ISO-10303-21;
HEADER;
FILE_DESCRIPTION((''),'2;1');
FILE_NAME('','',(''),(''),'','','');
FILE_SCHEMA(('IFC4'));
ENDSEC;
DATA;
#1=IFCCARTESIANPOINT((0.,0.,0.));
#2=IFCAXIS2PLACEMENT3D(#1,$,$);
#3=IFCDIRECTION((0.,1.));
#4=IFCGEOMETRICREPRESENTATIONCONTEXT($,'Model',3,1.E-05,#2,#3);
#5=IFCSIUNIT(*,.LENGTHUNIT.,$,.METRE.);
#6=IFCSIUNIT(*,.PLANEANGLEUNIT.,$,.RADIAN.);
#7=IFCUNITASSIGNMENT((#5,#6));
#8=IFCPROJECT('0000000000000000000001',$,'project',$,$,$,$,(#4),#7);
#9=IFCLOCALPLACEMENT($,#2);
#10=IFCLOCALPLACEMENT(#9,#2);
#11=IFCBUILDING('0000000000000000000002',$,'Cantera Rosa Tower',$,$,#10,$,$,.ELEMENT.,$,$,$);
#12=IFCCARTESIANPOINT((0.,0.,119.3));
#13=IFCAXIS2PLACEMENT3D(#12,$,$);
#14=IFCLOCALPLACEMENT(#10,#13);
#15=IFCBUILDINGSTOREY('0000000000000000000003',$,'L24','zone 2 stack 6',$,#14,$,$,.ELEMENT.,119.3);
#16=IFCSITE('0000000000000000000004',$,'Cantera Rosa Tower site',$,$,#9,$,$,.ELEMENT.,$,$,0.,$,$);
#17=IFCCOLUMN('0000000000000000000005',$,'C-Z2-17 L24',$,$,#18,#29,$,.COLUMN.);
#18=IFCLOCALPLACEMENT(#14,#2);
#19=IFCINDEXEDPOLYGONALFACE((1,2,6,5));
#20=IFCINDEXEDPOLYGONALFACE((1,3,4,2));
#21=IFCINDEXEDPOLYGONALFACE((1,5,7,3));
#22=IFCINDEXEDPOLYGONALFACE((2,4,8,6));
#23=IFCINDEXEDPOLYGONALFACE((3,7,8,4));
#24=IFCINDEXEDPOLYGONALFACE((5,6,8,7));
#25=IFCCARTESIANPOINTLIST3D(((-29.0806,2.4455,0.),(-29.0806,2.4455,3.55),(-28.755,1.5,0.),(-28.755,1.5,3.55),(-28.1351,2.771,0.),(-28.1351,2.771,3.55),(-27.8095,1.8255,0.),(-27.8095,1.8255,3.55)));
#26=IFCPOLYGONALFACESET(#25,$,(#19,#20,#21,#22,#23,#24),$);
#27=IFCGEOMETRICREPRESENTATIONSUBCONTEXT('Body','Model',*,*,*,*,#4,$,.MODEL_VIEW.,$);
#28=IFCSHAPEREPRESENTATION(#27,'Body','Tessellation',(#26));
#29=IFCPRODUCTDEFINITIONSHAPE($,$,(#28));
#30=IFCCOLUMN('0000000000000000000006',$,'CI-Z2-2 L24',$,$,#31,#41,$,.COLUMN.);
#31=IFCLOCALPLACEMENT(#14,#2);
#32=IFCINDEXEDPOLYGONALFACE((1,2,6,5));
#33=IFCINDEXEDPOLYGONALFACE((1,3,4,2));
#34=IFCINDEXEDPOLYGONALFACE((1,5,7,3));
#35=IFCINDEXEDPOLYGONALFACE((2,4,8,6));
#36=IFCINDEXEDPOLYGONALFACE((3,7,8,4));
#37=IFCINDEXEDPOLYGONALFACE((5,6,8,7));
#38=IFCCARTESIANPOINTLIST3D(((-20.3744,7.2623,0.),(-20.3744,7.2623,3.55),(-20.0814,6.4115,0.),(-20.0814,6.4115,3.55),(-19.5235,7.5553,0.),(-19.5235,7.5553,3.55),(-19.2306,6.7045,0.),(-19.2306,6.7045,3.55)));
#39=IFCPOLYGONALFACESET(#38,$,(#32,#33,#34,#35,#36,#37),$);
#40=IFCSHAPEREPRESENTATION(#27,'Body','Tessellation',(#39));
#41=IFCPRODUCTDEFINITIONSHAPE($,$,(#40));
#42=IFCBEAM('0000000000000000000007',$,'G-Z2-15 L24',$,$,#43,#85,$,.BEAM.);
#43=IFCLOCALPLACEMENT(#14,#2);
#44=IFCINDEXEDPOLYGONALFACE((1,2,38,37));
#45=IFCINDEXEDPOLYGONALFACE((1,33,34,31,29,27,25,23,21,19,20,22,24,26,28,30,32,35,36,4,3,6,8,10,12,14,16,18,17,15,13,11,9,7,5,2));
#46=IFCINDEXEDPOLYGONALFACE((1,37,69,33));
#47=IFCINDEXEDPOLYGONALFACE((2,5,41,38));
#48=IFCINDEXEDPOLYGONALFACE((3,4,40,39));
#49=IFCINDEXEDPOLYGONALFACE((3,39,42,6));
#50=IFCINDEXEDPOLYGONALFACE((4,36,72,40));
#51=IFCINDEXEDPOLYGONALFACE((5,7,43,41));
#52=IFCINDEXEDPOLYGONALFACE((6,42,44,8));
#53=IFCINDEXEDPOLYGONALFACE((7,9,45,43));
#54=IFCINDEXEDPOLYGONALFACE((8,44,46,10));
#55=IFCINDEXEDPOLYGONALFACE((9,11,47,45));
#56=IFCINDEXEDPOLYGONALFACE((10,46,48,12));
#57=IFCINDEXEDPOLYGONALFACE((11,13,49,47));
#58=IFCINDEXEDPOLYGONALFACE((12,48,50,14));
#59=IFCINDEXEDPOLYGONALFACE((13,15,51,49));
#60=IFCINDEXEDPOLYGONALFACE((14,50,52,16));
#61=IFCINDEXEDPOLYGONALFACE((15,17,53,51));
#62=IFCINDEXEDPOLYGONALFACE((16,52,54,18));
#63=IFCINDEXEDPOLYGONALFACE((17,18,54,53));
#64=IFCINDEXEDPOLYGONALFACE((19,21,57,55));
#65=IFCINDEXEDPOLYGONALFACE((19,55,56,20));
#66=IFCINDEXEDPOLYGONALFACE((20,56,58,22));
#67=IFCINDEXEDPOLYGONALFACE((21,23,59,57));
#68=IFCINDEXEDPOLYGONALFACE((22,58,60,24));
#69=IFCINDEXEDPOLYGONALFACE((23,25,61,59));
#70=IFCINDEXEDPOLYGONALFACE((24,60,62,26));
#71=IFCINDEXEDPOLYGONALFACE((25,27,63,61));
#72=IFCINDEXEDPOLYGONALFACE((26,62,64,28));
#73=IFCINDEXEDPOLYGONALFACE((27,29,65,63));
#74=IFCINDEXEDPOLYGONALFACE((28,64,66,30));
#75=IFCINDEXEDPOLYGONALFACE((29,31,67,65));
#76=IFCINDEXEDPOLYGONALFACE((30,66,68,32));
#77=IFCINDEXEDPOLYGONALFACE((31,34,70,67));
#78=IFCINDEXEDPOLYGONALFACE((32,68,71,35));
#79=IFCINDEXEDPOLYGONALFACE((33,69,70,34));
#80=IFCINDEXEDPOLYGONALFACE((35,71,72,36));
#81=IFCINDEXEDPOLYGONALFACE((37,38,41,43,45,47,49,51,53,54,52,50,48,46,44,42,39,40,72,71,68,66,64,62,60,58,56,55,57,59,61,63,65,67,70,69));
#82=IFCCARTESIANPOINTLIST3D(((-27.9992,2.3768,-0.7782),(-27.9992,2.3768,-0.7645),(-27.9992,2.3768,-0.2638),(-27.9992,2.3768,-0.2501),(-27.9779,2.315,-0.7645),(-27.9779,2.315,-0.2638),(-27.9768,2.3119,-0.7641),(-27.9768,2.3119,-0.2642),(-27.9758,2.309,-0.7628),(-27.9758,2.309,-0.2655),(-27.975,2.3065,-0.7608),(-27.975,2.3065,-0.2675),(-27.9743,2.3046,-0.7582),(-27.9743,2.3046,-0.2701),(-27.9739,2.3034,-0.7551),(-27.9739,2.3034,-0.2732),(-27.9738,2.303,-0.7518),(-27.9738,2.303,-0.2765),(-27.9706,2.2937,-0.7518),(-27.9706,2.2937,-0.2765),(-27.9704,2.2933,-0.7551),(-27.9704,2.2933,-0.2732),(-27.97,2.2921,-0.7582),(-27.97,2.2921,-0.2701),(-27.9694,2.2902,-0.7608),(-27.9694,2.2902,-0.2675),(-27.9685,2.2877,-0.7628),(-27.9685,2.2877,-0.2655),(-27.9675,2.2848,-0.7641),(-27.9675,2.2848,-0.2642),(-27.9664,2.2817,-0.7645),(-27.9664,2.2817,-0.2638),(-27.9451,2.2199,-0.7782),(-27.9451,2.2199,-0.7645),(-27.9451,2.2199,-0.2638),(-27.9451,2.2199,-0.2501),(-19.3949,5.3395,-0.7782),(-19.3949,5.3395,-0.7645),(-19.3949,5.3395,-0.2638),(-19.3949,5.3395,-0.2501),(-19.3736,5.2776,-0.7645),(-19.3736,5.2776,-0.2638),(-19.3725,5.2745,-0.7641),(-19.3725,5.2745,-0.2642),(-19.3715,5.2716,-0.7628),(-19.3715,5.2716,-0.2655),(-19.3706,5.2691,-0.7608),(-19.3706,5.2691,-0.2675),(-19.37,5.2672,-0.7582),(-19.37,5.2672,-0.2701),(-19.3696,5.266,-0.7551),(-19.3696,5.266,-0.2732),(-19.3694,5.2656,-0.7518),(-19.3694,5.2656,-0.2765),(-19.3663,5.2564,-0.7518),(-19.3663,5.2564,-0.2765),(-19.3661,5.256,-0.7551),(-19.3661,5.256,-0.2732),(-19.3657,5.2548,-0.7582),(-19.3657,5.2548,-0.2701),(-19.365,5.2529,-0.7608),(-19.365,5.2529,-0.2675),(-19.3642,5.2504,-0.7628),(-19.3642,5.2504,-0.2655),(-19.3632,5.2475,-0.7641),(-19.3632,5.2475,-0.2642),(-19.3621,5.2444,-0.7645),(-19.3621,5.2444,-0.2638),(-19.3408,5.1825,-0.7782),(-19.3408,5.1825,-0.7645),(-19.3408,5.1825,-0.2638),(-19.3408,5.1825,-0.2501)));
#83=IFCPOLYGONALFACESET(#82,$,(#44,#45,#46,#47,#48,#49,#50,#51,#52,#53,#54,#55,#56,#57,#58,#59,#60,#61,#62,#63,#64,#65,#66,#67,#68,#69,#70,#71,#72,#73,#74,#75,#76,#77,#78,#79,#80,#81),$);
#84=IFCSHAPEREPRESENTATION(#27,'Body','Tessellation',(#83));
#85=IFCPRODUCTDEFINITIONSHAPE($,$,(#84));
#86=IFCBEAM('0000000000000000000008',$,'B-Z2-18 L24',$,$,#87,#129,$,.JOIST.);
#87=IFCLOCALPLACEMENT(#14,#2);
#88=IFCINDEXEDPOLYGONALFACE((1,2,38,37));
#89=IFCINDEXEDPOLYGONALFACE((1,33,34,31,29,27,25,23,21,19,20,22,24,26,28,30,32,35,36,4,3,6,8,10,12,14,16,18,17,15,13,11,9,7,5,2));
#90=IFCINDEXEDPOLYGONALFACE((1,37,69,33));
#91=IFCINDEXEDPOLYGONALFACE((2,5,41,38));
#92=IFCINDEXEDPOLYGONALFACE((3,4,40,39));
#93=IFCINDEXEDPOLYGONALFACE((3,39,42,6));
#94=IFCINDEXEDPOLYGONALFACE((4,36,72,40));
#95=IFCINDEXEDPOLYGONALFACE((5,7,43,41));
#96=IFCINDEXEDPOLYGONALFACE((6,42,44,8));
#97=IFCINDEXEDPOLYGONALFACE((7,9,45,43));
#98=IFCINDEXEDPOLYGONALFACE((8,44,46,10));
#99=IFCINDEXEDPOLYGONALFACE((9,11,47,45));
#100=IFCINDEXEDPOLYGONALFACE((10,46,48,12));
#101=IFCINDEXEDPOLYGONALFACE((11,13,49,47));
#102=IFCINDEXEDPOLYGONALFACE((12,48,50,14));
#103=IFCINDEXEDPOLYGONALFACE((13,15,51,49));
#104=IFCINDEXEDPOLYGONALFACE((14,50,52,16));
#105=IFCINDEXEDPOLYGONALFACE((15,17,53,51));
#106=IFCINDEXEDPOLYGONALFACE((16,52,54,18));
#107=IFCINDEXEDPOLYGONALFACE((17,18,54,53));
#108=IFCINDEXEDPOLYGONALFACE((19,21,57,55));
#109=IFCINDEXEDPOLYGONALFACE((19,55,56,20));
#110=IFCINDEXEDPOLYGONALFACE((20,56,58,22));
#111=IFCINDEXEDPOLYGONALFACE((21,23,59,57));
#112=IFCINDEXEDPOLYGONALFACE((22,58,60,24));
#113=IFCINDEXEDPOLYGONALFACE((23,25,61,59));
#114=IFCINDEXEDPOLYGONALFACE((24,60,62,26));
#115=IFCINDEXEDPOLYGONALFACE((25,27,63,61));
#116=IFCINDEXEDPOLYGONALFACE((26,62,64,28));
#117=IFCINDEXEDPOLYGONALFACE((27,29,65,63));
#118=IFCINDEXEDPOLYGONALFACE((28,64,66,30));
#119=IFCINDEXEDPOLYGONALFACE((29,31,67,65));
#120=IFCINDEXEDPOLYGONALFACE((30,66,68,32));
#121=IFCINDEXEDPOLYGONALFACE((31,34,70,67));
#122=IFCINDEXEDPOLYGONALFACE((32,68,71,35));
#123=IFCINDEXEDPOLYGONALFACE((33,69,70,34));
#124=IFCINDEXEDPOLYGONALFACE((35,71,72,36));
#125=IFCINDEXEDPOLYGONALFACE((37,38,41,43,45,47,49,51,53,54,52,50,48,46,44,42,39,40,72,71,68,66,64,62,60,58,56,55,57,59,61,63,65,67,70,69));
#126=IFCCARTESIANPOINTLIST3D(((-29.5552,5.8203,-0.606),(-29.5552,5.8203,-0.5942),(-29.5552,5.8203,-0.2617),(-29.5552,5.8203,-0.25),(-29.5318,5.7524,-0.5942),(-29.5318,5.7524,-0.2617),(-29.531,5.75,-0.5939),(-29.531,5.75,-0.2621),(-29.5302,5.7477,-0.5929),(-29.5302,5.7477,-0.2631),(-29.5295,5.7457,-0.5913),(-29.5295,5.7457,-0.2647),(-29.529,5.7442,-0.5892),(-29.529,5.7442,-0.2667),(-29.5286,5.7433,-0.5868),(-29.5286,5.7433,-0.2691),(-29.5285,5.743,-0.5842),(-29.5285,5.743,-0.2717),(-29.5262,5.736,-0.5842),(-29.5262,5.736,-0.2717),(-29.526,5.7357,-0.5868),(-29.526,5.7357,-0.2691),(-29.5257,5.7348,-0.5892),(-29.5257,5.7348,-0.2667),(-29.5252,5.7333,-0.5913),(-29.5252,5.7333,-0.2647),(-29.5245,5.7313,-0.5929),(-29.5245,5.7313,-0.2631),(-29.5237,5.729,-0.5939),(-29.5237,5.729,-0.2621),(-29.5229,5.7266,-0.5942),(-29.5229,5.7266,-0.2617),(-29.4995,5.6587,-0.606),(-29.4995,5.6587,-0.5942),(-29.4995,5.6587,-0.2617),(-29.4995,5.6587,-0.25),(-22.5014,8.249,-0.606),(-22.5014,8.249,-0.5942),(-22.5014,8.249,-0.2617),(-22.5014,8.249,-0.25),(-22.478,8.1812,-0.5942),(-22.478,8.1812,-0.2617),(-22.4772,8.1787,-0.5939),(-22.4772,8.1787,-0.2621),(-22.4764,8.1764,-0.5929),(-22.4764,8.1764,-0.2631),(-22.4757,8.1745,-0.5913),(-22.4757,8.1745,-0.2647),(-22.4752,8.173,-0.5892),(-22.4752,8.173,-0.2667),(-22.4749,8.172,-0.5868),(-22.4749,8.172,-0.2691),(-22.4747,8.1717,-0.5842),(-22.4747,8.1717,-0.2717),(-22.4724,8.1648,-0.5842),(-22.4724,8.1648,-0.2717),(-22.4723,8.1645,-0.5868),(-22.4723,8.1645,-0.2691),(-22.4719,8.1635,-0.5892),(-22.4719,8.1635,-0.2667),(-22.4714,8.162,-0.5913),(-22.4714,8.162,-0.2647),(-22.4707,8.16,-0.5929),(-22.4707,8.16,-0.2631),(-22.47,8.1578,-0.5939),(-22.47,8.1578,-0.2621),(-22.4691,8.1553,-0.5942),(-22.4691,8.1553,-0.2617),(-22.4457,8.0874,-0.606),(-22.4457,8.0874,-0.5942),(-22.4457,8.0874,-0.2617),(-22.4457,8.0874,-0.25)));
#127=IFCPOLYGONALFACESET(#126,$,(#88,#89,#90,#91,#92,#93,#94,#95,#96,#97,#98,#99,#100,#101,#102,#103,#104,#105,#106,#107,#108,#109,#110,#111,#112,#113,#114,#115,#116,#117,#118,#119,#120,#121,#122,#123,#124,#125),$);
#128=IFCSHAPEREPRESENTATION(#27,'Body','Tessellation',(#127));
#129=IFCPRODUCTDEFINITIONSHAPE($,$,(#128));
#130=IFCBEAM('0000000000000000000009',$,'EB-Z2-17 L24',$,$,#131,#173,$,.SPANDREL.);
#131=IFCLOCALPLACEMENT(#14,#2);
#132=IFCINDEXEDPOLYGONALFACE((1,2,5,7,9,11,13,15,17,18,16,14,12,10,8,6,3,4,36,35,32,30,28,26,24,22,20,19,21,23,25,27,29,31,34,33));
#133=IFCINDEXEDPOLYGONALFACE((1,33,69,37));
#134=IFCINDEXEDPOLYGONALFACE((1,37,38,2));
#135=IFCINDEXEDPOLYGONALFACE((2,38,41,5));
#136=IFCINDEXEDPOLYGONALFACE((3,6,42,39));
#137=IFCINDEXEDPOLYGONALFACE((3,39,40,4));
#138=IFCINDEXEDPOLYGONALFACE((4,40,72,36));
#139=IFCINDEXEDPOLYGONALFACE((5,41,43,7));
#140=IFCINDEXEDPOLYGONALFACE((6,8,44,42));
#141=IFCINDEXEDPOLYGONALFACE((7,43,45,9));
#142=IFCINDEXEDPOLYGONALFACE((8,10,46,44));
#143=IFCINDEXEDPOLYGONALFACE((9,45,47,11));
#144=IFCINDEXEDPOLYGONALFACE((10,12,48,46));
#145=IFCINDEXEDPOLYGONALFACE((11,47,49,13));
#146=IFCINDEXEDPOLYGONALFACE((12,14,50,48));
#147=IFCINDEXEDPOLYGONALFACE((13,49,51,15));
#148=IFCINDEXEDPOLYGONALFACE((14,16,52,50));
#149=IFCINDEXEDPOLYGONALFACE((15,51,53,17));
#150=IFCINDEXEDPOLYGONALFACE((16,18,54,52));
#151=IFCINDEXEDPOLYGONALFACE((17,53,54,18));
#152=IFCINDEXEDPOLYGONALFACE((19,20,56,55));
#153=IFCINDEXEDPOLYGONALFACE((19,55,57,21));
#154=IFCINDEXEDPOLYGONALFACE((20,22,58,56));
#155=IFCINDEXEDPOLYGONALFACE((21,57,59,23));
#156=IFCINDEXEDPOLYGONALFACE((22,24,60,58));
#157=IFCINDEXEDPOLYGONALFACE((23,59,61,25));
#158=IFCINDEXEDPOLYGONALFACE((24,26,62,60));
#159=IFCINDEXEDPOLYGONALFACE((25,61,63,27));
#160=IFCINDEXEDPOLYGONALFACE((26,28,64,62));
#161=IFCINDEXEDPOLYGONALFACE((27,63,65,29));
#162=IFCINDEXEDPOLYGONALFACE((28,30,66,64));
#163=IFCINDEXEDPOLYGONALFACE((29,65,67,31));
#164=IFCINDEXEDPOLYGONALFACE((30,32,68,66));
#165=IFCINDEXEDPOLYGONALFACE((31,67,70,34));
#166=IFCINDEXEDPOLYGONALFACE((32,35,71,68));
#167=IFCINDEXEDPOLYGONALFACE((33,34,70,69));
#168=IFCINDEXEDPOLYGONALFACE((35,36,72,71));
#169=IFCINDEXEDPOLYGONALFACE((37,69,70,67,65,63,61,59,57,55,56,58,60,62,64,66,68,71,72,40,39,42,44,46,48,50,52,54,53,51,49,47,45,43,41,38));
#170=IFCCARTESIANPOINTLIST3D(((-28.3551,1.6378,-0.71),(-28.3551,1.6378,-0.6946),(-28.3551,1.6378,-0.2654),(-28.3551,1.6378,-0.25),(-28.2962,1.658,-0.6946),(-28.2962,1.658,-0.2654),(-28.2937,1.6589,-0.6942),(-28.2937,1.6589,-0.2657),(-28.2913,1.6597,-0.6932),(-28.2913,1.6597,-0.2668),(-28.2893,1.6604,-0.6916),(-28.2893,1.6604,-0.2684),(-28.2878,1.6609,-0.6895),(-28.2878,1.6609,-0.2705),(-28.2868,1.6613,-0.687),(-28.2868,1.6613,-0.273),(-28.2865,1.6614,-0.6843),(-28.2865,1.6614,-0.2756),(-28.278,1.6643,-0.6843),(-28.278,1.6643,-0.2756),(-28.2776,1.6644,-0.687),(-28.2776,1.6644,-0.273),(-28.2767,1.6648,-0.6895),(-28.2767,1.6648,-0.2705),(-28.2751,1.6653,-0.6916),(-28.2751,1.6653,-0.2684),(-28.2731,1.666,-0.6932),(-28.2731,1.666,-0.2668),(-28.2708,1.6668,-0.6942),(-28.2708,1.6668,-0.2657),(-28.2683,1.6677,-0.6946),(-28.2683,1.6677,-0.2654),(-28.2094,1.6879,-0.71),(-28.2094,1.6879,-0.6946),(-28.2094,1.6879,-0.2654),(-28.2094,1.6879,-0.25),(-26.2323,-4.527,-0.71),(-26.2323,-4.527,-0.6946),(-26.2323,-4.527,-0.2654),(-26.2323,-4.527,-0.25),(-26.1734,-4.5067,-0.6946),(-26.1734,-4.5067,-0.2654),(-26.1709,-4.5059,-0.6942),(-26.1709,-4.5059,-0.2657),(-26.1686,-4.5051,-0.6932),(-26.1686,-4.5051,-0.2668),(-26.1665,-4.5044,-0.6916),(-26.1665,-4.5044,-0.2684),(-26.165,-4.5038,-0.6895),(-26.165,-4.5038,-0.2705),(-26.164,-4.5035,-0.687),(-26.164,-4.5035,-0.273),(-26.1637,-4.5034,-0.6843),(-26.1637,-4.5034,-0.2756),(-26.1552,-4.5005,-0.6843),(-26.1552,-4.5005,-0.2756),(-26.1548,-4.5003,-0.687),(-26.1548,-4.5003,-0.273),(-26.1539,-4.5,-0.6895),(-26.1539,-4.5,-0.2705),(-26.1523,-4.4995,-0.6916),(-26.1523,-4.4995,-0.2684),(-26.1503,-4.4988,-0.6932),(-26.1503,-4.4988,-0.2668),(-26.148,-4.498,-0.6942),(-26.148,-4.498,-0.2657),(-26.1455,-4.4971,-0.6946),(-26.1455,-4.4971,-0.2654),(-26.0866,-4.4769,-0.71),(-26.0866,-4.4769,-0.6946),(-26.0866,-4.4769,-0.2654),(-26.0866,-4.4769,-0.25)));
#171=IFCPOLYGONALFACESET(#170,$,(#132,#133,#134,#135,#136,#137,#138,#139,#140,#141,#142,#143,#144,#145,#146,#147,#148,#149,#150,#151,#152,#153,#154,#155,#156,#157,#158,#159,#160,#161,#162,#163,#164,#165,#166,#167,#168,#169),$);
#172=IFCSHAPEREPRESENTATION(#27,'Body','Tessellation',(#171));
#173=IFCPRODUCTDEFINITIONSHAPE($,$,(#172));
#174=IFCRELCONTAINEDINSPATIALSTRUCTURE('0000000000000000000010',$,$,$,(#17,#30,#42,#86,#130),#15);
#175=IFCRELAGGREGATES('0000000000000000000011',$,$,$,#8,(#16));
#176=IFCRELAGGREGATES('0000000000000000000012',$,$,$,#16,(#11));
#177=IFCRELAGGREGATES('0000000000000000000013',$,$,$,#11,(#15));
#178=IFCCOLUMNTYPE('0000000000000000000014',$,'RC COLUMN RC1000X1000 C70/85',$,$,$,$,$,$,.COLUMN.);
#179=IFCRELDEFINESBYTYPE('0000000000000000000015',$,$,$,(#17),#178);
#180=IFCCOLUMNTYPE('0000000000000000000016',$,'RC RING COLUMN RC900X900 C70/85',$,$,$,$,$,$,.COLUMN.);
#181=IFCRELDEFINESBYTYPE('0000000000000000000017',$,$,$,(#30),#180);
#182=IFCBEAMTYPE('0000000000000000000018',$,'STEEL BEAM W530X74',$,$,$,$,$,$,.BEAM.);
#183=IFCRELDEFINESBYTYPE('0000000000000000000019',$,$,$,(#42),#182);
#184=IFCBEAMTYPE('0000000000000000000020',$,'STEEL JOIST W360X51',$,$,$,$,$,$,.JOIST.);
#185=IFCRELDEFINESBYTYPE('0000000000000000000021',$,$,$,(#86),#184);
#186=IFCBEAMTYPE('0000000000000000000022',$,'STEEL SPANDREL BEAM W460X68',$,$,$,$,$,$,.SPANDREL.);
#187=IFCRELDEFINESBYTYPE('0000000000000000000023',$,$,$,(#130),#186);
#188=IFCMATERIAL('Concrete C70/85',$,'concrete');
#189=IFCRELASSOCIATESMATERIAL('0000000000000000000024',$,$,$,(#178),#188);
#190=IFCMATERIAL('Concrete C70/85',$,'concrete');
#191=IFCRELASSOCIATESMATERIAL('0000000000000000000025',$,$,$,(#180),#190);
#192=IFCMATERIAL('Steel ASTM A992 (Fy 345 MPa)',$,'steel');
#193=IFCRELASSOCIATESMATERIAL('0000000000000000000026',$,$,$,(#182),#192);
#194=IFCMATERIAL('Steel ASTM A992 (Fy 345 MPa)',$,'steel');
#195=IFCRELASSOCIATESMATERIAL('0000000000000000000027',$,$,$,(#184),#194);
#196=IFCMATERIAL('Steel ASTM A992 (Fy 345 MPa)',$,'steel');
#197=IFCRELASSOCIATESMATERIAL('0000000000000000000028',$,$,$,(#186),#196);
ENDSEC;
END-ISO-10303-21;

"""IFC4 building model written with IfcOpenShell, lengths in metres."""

from ifc_helpers import new_model, si_unit, direction, frame, origin, origin_2d, place, context, subcontext, project, spatial, rectangle, i_section, extrude, material, material_profile, profile_set, type_object, element, save


model = new_model("IFC4")

# Units and contexts
model_context = context("Model", 3, precision=1e-05, world=origin(), true_north=direction((0.0, 1.0)))
body_context = subcontext(model_context, "Body", "Model", "MODEL_VIEW")
ifc_project = project(units=[si_unit("LENGTHUNIT", "METRE"), si_unit("PLANEANGLEUNIT", "RADIAN")], contexts=[model_context])

# Site, building, storey
site_placement = place(None, origin())
site = spatial("IfcSite", under=ifc_project, at=site_placement, Name="Cantera Rosa Tower site", CompositionType="ELEMENT", RefElevation=0.0)
building_placement = place(site_placement, origin())
building = spatial("IfcBuilding", under=site, at=building_placement, Name="Cantera Rosa Tower", CompositionType="ELEMENT")
storey_placement = place(building_placement, frame((0.0, 0.0, 119.3)))
storey = spatial("IfcBuildingStorey", under=building, at=storey_placement, Name="L24", Description="zone 2 stack 6", CompositionType="ELEMENT", Elevation=119.3)

# Columns
ifc_material_1 = material(Name="Concrete C70/85", Category="concrete")
ifc_material_profile_1 = material_profile(ifc_material_1, rectangle(XDim=1.0, YDim=1.0, at=origin_2d()), Name="RC COLUMN RC1000X1000 C70/85")
ifc_profile_set_1 = profile_set([ifc_material_profile_1], Name="Concrete C70/85")
column_type_1 = type_object("IfcColumnType", Name="RC COLUMN RC1000X1000 C70/85", PredefinedType="COLUMN", material=ifc_profile_set_1)
column_1_placement = place(storey_placement, frame((-28.4451, 2.1355, 0.0), z_axis=(0.0, 0.0, 1.0), x_axis=(0.945519, 0.325568, 0.0)))
element("IfcColumn", 1, at=column_1_placement, inside=storey, type_object=column_type_1, Name="C-Z2-17 L24", PredefinedType="COLUMN", context=body_context, shape_type="SweptSolid", body=[
    extrude(rectangle(XDim=1.0, YDim=1.0, at=origin_2d()), origin(), (0.0, 0.0, 1.0), 3.55),
])
ifc_material_2 = material(Name="Concrete C70/85", Category="concrete")
ifc_material_profile_2 = material_profile(ifc_material_2, rectangle(XDim=0.8999, YDim=0.8999, at=origin_2d()), Name="RC RING COLUMN RC900X900 C70/85")
ifc_profile_set_2 = profile_set([ifc_material_profile_2], Name="Concrete C70/85")
column_type_2 = type_object("IfcColumnType", Name="RC RING COLUMN RC900X900 C70/85", PredefinedType="COLUMN", material=ifc_profile_set_2)
column_2_placement = place(storey_placement, frame((-19.8025, 6.9834, 0.0), z_axis=(0.0, 0.0, 1.0), x_axis=(0.945519, 0.325568, 0.0)))
element("IfcColumn", 2, at=column_2_placement, inside=storey, type_object=column_type_2, Name="CI-Z2-2 L24", PredefinedType="COLUMN", context=body_context, shape_type="SweptSolid", body=[
    extrude(rectangle(XDim=0.8999, YDim=0.8999, at=origin_2d()), origin(), (0.0, 0.0, 1.0), 3.55),
])

# Beams
ifc_material_3 = material(Name="Steel ASTM A992 (Fy 345 MPa)", Category="steel")
ifc_material_profile_3 = material_profile(ifc_material_3, i_section(OverallWidth=0.166, OverallDepth=0.5281, WebThickness=0.0098, FlangeThickness=0.0137, FilletRadius=0.0127, at=origin_2d()), Name="W530X74")
ifc_profile_set_3 = profile_set([ifc_material_profile_3], Name="Steel ASTM A992 (Fy 345 MPa)")
beam_type_1 = type_object("IfcBeamType", Name="STEEL BEAM W530X74", PredefinedType="BEAM", material=ifc_profile_set_3)
beam_1_placement = place(storey_placement, frame((-27.9722, 2.2983, -0.5142), z_axis=(0.94552, 0.325565, 0.0), x_axis=(-0.325565, 0.94552, 0.0)))
element("IfcBeam", 3, at=beam_1_placement, inside=storey, type_object=beam_type_1, Name="G-Z2-15 L24", PredefinedType="BEAM", context=body_context, shape_type="SweptSolid", body=[
    extrude(i_section(OverallWidth=0.166, OverallDepth=0.5281, WebThickness=0.0098, FlangeThickness=0.0137, FilletRadius=0.0127, at=origin_2d()), origin(), (0.0, 0.0, 1.0), 9.1001),
])
ifc_material_4 = material(Name="Steel ASTM A992 (Fy 345 MPa)", Category="steel")
ifc_material_profile_4 = material_profile(ifc_material_4, i_section(OverallWidth=0.1709, OverallDepth=0.356, WebThickness=0.0073, FlangeThickness=0.0117, FilletRadius=0.01, at=origin_2d()), Name="W360X51")
ifc_profile_set_4 = profile_set([ifc_material_profile_4], Name="Steel ASTM A992 (Fy 345 MPa)")
beam_type_2 = type_object("IfcBeamType", Name="STEEL JOIST W360X51", PredefinedType="JOIST", material=ifc_profile_set_4)
beam_2_placement = place(storey_placement, frame((-29.5273, 5.7395, -0.428), z_axis=(0.945522, 0.325559, 0.0), x_axis=(-0.325559, 0.945522, 0.0)))
element("IfcBeam", 4, at=beam_2_placement, inside=storey, type_object=beam_type_2, Name="B-Z2-18 L24", PredefinedType="JOIST", context=body_context, shape_type="SweptSolid", body=[
    extrude(i_section(OverallWidth=0.1709, OverallDepth=0.356, WebThickness=0.0073, FlangeThickness=0.0117, FilletRadius=0.01, at=origin_2d()), origin(), (0.0, 0.0, 1.0), 7.4602),
])
ifc_material_5 = material(Name="Steel ASTM A992 (Fy 345 MPa)", Category="steel")
ifc_material_profile_5 = material_profile(ifc_material_5, i_section(OverallWidth=0.1541, OverallDepth=0.46, WebThickness=0.009, FlangeThickness=0.0154, FilletRadius=0.0103, at=origin_2d()), Name="W460X68")
ifc_profile_set_5 = profile_set([ifc_material_profile_5], Name="Steel ASTM A992 (Fy 345 MPa)")
beam_type_3 = type_object("IfcBeamType", Name="STEEL SPANDREL BEAM W460X68", PredefinedType="SPANDREL", material=ifc_profile_set_5)
beam_3_placement = place(storey_placement, frame((-28.2822, 1.6628, -0.48), z_axis=(0.325581, -0.945514, 0.0), x_axis=(0.945514, 0.325581, 0.0)))
element("IfcBeam", 5, at=beam_3_placement, inside=storey, type_object=beam_type_3, Name="EB-Z2-17 L24", PredefinedType="SPANDREL", context=body_context, shape_type="SweptSolid", body=[
    extrude(i_section(OverallWidth=0.1541, OverallDepth=0.46, WebThickness=0.009, FlangeThickness=0.0154, FilletRadius=0.0103, at=origin_2d()), origin(), (0.0, 0.0, 1.0), 6.52),
])

save(model, "model.ifc")
